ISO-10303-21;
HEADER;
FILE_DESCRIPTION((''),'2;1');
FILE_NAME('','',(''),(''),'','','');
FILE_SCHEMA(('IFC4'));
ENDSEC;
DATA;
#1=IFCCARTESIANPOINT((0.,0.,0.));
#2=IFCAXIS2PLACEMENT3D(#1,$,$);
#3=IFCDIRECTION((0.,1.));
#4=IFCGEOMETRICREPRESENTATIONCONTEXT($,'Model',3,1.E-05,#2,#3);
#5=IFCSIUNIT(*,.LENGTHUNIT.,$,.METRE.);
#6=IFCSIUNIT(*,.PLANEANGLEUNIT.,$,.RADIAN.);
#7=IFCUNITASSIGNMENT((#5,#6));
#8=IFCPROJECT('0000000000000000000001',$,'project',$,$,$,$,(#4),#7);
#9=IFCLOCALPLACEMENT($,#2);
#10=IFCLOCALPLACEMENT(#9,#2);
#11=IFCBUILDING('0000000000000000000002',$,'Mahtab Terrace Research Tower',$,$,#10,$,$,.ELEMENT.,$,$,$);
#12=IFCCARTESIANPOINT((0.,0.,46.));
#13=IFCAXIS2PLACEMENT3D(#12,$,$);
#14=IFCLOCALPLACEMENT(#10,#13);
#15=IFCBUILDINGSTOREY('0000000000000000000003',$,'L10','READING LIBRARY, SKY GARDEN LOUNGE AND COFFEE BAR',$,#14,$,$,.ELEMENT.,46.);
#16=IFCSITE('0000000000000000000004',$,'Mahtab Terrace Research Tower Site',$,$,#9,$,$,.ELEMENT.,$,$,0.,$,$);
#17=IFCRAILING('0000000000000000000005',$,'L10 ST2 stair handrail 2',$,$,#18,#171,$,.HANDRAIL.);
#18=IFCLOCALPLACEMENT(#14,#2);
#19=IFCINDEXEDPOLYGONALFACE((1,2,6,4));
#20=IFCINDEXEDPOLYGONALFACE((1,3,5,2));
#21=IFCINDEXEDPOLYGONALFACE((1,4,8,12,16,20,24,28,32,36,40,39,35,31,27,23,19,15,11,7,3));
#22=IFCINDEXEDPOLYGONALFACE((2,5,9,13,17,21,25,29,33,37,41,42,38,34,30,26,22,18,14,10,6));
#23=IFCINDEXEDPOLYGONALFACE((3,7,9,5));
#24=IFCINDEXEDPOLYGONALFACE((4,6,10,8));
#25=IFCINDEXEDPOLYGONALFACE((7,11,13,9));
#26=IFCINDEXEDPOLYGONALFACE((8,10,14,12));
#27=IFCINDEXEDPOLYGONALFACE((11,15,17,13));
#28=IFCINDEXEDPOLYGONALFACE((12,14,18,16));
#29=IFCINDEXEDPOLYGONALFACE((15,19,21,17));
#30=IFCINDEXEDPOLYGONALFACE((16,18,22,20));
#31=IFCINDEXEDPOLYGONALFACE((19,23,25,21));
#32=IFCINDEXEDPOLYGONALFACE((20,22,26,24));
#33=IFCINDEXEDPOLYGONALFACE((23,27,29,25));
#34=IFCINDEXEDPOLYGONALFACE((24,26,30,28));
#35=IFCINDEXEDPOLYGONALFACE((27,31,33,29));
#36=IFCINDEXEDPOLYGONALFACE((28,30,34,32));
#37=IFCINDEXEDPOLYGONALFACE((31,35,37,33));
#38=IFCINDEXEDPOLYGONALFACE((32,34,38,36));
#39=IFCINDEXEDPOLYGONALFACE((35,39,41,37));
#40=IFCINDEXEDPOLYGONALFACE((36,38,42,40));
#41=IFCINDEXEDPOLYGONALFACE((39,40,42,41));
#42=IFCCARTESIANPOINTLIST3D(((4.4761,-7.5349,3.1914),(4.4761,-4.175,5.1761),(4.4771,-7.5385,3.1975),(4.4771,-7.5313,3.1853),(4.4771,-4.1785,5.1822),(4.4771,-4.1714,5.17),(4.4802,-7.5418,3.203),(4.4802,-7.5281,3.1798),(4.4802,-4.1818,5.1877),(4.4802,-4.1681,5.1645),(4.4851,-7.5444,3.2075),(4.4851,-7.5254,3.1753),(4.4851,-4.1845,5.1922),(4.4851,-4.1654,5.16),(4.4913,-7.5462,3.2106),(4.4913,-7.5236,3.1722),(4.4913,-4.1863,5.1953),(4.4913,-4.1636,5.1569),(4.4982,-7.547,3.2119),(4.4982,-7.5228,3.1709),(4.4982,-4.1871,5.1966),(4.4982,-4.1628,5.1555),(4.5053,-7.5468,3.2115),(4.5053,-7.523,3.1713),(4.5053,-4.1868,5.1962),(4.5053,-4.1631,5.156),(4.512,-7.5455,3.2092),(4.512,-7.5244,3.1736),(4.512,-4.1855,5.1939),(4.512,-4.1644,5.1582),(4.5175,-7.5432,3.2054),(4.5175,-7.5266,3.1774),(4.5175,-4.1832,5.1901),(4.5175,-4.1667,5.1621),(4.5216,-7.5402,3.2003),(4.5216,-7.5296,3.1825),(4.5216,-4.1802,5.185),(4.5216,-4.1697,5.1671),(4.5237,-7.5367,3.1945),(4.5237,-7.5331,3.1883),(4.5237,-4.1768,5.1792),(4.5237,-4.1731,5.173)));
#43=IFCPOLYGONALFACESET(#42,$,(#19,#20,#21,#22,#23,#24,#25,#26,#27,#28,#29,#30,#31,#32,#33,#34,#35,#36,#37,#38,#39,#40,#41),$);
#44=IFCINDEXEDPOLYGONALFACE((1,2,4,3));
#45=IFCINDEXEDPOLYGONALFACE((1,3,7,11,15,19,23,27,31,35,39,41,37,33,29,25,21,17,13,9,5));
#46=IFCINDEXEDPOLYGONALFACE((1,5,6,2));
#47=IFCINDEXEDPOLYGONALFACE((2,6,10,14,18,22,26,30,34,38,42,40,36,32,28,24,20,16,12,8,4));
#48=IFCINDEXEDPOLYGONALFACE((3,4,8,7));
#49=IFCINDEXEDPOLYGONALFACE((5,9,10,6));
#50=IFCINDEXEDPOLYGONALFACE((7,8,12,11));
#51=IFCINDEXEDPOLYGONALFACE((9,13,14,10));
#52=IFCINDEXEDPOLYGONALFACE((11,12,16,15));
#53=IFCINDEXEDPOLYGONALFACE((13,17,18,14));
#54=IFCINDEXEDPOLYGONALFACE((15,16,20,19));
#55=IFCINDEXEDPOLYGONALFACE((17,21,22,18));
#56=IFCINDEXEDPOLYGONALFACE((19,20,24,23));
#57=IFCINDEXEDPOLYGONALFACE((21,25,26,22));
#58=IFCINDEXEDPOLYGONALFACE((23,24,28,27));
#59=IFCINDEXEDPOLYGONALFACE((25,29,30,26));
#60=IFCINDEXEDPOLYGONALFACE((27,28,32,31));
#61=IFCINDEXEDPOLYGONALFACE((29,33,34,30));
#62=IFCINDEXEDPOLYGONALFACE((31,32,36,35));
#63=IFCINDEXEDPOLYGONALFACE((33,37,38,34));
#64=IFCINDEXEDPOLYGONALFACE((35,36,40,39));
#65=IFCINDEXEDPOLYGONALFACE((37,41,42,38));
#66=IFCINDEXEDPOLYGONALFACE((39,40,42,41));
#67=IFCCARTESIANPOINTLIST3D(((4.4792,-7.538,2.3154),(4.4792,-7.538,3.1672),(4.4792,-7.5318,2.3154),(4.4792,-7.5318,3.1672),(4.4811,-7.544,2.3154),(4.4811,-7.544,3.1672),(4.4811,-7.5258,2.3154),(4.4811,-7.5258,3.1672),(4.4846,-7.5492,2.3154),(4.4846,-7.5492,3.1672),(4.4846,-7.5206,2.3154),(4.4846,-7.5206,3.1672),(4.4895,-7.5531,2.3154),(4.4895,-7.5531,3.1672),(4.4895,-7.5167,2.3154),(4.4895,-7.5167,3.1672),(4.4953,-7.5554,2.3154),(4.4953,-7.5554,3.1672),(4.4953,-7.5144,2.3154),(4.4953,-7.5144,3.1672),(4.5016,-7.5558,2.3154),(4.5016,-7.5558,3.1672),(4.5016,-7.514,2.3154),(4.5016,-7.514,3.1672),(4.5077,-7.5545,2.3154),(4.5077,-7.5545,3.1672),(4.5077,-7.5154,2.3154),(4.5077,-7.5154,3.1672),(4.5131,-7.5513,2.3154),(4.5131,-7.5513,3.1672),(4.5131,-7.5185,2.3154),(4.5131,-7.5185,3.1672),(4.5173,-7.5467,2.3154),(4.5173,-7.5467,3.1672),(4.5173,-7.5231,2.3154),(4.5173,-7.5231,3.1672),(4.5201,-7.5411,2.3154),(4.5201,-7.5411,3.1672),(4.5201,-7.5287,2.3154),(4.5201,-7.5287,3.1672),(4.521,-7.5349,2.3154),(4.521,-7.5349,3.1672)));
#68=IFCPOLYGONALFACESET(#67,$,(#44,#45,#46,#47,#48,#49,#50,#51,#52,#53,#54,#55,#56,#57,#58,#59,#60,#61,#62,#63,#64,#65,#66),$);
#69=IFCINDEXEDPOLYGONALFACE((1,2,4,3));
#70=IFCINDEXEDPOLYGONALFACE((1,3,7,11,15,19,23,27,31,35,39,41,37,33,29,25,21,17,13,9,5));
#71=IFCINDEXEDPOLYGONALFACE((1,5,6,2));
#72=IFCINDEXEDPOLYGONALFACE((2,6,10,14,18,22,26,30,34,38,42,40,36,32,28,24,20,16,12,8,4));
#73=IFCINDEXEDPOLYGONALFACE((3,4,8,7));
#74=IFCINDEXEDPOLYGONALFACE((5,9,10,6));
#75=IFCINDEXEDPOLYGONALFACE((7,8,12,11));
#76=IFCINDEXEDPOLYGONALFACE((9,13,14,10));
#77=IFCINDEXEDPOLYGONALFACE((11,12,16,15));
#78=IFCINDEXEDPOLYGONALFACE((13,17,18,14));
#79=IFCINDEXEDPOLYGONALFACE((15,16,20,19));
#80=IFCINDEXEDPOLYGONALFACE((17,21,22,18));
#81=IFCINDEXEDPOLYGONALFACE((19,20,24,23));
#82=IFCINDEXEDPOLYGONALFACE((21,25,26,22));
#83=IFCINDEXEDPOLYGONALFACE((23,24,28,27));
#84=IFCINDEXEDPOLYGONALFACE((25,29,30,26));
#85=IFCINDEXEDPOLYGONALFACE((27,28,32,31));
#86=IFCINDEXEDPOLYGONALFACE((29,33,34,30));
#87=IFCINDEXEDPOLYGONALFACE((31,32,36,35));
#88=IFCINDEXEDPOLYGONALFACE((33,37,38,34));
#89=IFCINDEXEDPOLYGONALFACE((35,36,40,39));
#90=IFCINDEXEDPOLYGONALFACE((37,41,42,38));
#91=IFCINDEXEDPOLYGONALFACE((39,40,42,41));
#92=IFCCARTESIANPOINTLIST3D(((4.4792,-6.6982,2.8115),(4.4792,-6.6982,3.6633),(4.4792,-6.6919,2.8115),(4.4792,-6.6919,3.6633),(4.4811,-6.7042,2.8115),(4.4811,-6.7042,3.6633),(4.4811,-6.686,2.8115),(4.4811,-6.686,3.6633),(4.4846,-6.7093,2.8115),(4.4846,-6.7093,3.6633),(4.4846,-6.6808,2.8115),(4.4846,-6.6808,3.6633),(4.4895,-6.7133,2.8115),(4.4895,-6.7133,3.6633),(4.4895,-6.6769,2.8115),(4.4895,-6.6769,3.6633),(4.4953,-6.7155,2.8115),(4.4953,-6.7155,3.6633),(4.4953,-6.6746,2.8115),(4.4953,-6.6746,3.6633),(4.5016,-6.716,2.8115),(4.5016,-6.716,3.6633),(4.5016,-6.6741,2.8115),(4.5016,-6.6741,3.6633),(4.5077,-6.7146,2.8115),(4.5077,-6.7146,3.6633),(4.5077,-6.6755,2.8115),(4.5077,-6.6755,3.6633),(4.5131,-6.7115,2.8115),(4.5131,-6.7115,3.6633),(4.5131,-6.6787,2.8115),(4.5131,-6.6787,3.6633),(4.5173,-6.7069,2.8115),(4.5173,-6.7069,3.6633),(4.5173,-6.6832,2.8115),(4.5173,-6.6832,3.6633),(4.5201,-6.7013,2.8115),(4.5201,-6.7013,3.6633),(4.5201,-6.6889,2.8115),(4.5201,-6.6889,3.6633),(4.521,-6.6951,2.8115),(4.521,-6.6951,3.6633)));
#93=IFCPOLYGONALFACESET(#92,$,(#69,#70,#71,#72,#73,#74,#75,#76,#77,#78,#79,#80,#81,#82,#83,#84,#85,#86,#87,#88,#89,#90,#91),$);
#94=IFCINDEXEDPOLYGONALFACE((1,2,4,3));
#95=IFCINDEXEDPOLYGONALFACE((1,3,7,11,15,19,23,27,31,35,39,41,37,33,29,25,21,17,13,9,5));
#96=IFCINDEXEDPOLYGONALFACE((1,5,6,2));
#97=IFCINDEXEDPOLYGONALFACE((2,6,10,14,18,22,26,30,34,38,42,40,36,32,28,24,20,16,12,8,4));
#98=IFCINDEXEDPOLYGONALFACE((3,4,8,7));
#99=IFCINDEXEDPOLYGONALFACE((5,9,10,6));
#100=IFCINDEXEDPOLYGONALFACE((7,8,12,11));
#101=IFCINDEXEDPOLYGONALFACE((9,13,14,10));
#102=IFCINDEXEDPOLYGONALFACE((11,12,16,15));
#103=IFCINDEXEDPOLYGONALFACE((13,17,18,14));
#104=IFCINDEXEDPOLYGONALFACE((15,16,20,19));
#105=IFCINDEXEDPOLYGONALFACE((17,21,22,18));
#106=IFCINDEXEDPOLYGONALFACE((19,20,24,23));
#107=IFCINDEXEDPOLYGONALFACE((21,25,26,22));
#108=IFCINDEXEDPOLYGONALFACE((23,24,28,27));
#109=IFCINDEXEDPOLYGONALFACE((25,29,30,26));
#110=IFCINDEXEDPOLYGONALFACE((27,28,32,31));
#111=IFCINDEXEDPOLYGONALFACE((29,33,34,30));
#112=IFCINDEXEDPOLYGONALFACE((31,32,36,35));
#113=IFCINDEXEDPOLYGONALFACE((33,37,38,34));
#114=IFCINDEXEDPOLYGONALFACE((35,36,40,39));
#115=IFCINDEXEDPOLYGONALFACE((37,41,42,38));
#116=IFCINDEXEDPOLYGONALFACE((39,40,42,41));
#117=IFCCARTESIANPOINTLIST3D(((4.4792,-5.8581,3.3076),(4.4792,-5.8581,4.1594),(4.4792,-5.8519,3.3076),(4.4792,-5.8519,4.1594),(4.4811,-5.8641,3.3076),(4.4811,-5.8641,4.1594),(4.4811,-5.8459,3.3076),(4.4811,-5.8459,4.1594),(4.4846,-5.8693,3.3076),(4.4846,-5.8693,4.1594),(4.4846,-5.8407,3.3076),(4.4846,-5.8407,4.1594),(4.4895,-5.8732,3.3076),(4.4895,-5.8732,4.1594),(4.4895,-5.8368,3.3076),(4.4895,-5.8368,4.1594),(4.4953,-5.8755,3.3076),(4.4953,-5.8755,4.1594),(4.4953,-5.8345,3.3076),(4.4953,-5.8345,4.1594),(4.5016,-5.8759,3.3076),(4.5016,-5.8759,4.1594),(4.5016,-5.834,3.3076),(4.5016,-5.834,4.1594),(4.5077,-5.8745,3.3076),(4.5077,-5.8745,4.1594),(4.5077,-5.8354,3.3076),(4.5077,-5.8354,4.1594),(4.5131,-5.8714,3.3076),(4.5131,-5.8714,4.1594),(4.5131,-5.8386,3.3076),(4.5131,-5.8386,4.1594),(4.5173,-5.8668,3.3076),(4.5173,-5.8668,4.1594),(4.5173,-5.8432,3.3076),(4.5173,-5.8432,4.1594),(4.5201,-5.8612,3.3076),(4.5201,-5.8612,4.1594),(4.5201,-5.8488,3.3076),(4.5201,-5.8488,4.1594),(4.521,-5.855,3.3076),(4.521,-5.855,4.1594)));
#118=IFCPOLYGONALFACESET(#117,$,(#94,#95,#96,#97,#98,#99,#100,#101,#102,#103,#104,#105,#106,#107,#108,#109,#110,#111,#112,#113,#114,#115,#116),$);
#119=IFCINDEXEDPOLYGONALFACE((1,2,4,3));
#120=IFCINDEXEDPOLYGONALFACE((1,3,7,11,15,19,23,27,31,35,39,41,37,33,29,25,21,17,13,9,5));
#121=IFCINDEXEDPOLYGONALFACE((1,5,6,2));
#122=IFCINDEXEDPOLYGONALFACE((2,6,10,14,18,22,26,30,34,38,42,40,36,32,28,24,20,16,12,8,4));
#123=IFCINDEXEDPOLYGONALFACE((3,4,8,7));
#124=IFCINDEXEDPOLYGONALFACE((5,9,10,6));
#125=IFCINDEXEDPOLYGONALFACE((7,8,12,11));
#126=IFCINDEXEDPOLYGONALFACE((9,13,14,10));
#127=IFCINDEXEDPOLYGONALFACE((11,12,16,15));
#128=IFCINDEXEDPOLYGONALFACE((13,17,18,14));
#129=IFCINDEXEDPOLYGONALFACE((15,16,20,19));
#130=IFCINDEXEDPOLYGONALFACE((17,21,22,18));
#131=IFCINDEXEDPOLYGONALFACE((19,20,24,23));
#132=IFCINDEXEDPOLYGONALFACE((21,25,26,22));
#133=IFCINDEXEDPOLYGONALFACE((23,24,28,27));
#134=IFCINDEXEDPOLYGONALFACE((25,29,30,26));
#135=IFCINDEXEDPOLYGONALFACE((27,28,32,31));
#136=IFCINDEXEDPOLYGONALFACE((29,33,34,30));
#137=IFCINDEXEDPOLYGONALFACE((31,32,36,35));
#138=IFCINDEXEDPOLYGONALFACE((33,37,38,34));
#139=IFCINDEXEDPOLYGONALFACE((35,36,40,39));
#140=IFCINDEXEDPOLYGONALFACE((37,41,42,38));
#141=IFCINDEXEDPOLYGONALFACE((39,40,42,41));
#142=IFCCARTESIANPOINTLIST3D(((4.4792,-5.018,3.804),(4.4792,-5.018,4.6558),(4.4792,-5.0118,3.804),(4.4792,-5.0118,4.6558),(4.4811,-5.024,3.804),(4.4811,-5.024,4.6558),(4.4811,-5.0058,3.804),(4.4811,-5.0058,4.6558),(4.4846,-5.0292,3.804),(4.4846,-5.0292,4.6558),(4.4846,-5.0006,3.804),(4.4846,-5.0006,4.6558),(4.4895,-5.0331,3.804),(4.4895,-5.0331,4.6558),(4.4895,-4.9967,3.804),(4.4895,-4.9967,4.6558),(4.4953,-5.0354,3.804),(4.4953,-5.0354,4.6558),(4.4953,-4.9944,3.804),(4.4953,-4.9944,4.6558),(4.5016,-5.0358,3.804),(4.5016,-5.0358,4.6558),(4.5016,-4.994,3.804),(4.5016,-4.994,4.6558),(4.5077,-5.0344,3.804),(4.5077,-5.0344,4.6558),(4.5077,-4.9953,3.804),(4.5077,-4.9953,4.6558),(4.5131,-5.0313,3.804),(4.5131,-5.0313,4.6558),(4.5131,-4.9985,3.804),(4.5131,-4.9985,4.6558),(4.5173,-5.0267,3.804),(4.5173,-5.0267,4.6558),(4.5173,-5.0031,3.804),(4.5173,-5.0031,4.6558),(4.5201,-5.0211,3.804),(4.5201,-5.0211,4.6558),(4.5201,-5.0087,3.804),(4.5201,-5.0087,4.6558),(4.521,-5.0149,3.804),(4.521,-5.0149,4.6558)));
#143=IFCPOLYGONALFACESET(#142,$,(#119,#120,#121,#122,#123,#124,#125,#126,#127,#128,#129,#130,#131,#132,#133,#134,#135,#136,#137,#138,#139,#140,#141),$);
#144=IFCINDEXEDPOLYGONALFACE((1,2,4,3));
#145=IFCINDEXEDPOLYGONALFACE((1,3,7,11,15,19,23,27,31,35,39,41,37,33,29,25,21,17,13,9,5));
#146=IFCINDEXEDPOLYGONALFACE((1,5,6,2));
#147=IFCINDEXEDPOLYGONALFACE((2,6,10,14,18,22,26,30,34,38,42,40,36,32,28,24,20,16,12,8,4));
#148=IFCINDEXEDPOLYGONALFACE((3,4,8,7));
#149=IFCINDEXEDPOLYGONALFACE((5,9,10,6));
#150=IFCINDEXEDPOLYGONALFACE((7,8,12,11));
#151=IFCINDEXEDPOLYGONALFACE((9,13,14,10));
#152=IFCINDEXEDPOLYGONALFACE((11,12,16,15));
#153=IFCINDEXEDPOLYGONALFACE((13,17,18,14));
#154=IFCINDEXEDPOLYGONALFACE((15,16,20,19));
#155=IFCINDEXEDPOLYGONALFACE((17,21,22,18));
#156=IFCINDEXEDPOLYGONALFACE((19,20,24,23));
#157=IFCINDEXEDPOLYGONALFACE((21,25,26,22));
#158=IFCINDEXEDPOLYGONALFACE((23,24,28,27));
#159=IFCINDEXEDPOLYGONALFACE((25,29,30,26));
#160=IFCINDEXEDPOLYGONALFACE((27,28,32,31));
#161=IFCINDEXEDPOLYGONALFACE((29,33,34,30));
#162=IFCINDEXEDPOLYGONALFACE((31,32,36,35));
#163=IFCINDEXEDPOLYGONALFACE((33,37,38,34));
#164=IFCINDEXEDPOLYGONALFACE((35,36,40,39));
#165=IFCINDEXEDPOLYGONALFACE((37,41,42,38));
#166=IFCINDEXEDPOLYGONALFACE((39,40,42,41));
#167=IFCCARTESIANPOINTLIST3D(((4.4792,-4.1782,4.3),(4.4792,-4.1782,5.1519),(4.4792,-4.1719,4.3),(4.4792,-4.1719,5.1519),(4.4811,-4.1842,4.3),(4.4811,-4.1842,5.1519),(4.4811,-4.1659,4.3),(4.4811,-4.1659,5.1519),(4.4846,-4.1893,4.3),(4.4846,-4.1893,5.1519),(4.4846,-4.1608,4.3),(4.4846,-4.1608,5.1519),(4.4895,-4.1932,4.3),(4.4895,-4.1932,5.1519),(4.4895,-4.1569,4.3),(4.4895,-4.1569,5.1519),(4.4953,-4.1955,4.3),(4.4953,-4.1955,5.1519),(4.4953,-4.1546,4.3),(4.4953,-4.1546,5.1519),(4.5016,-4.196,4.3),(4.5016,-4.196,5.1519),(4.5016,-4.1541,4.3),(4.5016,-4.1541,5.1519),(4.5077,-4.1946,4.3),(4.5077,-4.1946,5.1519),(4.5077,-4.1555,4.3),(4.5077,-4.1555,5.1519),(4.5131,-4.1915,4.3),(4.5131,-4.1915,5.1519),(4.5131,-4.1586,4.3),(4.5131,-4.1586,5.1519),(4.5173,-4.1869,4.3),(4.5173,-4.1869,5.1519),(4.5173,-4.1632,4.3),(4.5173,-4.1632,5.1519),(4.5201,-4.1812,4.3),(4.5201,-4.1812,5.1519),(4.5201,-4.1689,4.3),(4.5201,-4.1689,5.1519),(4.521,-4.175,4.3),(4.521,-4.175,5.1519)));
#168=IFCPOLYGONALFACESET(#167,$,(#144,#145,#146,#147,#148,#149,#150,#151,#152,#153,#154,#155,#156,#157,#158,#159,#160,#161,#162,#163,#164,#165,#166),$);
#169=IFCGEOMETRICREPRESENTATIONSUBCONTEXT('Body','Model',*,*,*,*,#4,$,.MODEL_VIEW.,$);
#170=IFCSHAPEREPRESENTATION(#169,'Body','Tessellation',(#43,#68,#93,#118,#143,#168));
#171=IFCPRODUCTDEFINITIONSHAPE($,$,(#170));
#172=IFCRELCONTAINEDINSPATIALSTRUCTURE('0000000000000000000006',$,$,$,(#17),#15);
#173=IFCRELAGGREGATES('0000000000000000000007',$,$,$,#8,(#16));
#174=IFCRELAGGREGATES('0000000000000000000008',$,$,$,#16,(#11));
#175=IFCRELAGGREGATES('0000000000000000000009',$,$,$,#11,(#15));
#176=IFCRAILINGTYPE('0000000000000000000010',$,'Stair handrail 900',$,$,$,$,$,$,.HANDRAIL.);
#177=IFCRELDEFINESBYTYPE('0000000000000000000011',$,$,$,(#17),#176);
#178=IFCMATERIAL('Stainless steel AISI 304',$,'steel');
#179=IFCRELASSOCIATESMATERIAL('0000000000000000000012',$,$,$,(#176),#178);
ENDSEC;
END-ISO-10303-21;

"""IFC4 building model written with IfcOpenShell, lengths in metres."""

from ifc_helpers import new_model, si_unit, direction, frame, origin, origin_2d, place, context, subcontext, project, spatial, circle, extrude, material, type_object, element, save


model = new_model("IFC4")

# Units and contexts
model_context = context("Model", 3, precision=1e-05, world=origin(), true_north=direction((0.0, 1.0)))
body_context = subcontext(model_context, "Body", "Model", "MODEL_VIEW")
ifc_project = project(units=[si_unit("LENGTHUNIT", "METRE"), si_unit("PLANEANGLEUNIT", "RADIAN")], contexts=[model_context])

# Site, building, storey
site_placement = place(None, origin())
site = spatial("IfcSite", under=ifc_project, at=site_placement, Name="Mahtab Terrace Research Tower Site", CompositionType="ELEMENT", RefElevation=0.0)
building_placement = place(site_placement, origin())
building = spatial("IfcBuilding", under=site, at=building_placement, Name="Mahtab Terrace Research Tower", CompositionType="ELEMENT")
storey_placement = place(building_placement, frame((0.0, 0.0, 46.0)))
storey = spatial("IfcBuildingStorey", under=building, at=storey_placement, Name="L10", Description="READING LIBRARY, SKY GARDEN LOUNGE AND COFFEE BAR", CompositionType="ELEMENT", Elevation=46.0)

# Railing
ifc_material_1 = material(Name="Stainless steel AISI 304", Category="steel")
railing_type_1 = type_object("IfcRailingType", Name="Stair handrail 900", PredefinedType="HANDRAIL", material=ifc_material_1)
railing_1_placement = place(storey_placement, frame((4.5, -7.5349, 2.3154)))
element("IfcRailing", 1, at=railing_1_placement, inside=storey, type_object=railing_type_1, Name="L10 ST2 stair handrail 2", PredefinedType="HANDRAIL", context=body_context, shape_type="SweptSolid", body=[
    extrude(circle(Radius=0.0239, at=origin_2d()), frame((0.0, 0.0, 0.876), z_axis=(0.0, 0.861011, 0.508586), x_axis=(-1.0, 0.0, 0.0)), (0.0, 0.0, 1.0), 3.9023),
    extrude(circle(Radius=0.021, at=origin_2d()), origin(), (0.0, 0.0, 1.0), 0.8518),
    extrude(circle(Radius=0.021, at=origin_2d()), frame((0.0, 0.8398, 0.4961)), (0.0, 0.0, 1.0), 0.8518),
    extrude(circle(Radius=0.021, at=origin_2d()), frame((0.0, 1.6799, 0.9922)), (0.0, 0.0, 1.0), 0.8518),
    extrude(circle(Radius=0.021, at=origin_2d()), frame((0.0, 2.52, 1.4885)), (0.0, 0.0, 1.0), 0.8518),
    extrude(circle(Radius=0.021, at=origin_2d()), frame((0.0, 3.3599, 1.9846)), (0.0, 0.0, 1.0), 0.8518),
])

save(model, "model.ifc")
